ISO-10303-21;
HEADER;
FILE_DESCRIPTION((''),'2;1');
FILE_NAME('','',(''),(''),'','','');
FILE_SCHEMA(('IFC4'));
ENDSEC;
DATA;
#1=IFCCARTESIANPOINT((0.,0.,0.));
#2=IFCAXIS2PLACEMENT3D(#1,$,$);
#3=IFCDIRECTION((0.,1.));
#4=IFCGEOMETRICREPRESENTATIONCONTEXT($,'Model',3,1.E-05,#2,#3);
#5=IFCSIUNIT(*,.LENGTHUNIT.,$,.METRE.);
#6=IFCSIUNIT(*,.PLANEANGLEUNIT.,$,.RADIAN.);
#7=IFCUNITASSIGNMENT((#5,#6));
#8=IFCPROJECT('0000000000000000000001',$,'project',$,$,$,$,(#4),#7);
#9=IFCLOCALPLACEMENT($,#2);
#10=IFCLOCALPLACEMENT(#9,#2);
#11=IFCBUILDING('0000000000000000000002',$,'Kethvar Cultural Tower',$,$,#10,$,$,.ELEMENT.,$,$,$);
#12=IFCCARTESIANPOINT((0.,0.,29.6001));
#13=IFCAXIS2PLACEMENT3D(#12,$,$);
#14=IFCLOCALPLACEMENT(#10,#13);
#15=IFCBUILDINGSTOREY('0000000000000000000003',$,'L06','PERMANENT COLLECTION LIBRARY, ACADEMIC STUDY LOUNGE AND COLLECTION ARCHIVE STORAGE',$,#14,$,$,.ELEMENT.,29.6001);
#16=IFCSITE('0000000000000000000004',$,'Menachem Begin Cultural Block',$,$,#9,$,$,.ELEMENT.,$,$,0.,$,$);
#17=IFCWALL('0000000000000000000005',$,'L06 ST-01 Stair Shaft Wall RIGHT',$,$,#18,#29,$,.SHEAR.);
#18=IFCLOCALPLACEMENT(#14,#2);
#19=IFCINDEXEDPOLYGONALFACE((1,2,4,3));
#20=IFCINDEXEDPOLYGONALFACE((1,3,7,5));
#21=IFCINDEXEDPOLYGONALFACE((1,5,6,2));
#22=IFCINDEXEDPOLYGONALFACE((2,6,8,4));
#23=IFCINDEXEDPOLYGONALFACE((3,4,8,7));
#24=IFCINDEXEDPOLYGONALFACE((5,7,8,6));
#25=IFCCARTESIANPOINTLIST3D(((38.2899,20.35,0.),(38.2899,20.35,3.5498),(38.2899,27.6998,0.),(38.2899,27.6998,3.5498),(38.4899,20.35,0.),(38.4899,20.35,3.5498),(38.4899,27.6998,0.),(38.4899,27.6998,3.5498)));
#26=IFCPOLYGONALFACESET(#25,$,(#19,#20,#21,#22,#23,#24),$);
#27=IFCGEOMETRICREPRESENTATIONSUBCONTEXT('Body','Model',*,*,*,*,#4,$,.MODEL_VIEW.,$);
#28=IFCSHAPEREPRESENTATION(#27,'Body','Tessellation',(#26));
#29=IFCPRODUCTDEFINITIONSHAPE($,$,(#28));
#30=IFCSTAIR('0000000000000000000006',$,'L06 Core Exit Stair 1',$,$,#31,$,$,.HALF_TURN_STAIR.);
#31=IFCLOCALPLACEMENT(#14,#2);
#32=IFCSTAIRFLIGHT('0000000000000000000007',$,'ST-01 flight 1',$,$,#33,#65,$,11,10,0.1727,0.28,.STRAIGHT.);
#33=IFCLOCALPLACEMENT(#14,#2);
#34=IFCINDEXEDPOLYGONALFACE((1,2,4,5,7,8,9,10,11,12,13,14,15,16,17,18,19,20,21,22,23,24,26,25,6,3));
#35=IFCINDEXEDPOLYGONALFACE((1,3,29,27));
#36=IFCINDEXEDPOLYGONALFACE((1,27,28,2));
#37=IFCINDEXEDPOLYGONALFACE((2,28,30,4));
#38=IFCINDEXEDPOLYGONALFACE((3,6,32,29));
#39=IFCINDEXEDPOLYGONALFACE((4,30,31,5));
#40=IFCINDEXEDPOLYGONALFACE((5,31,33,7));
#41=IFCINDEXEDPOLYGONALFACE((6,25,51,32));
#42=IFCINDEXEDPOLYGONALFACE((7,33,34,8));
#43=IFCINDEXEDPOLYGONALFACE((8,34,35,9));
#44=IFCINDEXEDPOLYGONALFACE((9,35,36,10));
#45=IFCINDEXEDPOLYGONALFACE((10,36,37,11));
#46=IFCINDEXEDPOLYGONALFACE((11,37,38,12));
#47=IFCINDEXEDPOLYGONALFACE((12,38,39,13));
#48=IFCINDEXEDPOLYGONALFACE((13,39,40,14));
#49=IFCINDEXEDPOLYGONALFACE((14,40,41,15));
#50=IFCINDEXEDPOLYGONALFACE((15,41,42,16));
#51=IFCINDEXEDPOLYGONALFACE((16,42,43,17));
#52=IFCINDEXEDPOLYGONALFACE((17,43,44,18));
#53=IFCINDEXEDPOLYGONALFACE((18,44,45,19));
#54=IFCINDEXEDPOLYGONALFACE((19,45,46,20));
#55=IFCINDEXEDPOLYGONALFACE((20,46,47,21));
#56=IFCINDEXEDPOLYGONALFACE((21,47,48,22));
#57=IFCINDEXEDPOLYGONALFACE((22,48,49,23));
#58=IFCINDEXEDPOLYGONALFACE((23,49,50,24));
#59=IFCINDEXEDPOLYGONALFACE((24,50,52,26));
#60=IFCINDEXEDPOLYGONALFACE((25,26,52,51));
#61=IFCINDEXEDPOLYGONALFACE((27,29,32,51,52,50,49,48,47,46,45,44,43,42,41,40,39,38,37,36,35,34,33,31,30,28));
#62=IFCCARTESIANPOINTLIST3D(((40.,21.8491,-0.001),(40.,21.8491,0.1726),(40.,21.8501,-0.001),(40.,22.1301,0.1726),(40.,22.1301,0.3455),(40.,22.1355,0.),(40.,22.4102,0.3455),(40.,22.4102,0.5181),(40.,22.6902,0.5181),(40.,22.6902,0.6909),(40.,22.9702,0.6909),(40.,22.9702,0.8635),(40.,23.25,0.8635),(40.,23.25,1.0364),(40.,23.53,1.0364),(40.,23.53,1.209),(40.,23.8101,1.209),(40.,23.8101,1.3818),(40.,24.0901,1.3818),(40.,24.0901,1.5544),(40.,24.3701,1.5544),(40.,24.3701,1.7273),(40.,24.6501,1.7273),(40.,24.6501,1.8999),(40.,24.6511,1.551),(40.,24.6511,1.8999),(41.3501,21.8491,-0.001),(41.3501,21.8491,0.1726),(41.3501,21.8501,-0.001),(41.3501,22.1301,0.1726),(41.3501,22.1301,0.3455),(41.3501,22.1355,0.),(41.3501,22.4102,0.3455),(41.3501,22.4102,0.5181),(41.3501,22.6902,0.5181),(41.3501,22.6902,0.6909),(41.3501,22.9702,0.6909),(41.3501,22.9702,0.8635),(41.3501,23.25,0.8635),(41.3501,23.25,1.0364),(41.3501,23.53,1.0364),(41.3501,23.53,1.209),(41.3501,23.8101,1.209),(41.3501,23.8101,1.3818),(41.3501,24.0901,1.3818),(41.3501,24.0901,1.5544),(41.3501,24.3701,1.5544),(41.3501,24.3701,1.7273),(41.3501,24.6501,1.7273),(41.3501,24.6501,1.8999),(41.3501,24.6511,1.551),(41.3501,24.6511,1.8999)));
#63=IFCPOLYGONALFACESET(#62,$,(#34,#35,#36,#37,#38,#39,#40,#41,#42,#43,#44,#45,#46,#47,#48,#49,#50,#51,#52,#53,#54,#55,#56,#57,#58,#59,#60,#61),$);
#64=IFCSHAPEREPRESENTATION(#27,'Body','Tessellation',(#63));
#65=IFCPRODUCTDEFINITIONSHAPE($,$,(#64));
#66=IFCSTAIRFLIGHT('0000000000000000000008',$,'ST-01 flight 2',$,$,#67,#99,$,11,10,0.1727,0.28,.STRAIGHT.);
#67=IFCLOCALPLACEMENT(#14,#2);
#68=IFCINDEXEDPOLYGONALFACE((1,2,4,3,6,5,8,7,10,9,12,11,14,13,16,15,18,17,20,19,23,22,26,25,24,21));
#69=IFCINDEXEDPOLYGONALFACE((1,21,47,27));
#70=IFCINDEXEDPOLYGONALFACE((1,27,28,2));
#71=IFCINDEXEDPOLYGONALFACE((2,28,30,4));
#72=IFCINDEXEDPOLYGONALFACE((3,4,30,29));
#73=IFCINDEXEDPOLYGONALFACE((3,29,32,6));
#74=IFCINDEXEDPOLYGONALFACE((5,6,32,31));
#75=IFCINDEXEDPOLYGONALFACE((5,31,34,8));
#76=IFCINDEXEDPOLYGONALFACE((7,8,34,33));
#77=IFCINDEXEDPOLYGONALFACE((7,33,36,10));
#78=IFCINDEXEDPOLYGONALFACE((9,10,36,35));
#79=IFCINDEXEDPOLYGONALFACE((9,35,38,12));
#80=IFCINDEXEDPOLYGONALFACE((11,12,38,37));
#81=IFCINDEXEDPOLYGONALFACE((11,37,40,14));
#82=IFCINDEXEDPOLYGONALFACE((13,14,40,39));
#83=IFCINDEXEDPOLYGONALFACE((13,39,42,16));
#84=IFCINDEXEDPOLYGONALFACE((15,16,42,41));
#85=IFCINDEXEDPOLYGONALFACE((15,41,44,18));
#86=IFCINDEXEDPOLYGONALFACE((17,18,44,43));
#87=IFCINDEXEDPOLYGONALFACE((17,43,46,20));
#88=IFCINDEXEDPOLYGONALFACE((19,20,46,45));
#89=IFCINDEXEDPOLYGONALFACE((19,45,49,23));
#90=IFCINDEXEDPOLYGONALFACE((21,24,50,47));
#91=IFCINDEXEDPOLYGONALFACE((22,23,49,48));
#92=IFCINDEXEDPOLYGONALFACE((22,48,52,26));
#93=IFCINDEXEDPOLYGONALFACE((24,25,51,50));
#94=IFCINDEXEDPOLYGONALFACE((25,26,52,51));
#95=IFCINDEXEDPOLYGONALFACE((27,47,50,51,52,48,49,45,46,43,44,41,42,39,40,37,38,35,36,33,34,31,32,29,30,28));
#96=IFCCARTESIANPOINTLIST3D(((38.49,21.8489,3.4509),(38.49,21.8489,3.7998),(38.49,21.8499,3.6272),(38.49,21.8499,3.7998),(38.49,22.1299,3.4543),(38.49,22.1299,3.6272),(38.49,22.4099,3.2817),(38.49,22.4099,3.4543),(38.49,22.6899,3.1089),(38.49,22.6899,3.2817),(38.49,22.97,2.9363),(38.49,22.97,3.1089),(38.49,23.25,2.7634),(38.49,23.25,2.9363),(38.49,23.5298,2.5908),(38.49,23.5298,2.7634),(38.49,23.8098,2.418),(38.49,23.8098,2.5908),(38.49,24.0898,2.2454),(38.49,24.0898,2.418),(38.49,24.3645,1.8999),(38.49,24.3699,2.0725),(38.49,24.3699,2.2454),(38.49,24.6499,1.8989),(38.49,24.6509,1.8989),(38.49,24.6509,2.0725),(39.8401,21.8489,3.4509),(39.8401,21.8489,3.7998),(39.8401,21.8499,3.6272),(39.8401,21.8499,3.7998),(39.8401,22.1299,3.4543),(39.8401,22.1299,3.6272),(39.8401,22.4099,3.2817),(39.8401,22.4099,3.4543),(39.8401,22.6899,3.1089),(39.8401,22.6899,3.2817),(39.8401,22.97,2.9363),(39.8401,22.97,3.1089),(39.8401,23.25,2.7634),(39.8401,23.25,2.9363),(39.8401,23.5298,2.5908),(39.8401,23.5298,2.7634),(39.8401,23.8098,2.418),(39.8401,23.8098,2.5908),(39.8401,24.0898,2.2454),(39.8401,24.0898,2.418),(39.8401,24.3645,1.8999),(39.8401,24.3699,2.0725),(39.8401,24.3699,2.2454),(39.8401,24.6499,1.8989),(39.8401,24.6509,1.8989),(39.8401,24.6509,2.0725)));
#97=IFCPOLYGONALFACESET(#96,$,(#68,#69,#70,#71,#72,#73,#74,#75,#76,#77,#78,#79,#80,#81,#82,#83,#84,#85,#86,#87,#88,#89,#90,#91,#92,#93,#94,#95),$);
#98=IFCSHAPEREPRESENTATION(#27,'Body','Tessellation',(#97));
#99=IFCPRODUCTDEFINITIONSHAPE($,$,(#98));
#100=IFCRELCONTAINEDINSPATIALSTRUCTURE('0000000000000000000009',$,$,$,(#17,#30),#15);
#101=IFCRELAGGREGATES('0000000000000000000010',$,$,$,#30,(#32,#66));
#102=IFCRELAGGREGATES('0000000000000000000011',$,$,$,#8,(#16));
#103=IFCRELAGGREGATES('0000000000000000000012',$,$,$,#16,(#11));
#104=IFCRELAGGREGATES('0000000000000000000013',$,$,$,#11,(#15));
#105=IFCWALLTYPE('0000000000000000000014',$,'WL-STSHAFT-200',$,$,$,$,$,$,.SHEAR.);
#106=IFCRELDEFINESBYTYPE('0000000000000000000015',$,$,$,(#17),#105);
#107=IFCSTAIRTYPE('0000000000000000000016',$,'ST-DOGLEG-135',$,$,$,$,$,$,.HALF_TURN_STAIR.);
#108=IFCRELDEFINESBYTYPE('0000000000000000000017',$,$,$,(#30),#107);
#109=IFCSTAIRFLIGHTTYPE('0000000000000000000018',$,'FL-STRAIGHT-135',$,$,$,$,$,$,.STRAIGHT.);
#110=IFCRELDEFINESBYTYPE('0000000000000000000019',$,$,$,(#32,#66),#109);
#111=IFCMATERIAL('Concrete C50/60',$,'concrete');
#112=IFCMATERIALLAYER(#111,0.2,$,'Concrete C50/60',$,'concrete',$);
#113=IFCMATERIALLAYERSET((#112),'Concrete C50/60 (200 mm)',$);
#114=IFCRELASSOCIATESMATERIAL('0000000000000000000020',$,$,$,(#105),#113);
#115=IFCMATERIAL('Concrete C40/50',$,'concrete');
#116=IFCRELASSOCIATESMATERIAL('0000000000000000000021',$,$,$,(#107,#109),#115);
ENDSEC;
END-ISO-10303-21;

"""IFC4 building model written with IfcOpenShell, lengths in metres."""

from ifc_helpers import new_model, si_unit, direction, frame, frame_2d, origin, place, context, subcontext, project, spatial, polyline, rectangle, outline, extrude, material, layer, layer_set, type_object, element, aggregate, save


model = new_model("IFC4")

# Units and contexts
model_context = context("Model", 3, precision=1e-05, world=origin(), true_north=direction((0.0, 1.0)))
body_context = subcontext(model_context, "Body", "Model", "MODEL_VIEW")
ifc_project = project(units=[si_unit("LENGTHUNIT", "METRE"), si_unit("PLANEANGLEUNIT", "RADIAN")], contexts=[model_context])

# Site, building, storey
site_placement = place(None, origin())
site = spatial("IfcSite", under=ifc_project, at=site_placement, Name="Menachem Begin Cultural Block", CompositionType="ELEMENT", RefElevation=0.0)
building_placement = place(site_placement, origin())
building = spatial("IfcBuilding", under=site, at=building_placement, Name="Kethvar Cultural Tower", CompositionType="ELEMENT")
storey_placement = place(building_placement, frame((0.0, 0.0, 29.6001)))
storey = spatial("IfcBuildingStorey", under=building, at=storey_placement, Name="L06", Description="PERMANENT COLLECTION LIBRARY, ACADEMIC STUDY LOUNGE AND COLLECTION ARCHIVE STORAGE", CompositionType="ELEMENT", Elevation=29.6001)

# Shared definitions
ifc_material_1 = material(Name="Concrete C50/60", Category="concrete")

# Wall
ifc_layer_1 = layer(ifc_material_1, 0.2, Name="Concrete C50/60", Category="concrete")
ifc_layer_set_1 = layer_set([ifc_layer_1], Name="Concrete C50/60 (200 mm)")
wall_type_1 = type_object("IfcWallType", Name="WL-STSHAFT-200", PredefinedType="SHEAR", material=ifc_layer_set_1)
wall_1_placement = place(storey_placement, frame((38.3899, 20.3501, 0.0), z_axis=(0.0, 0.0, 1.0), x_axis=(0.0, 1.0, 0.0)))
element("IfcWall", 1, at=wall_1_placement, inside=storey, type_object=wall_type_1, Name="L06 ST-01 Stair Shaft Wall RIGHT", PredefinedType="SHEAR", context=body_context, shape_type="SweptSolid", body=[
    extrude(rectangle(XDim=7.3499, YDim=0.2, at=frame_2d((3.6748, 0.0))), origin(), (0.0, 0.0, 1.0), 3.5498),
])

# Stair, stair flights
ifc_material_2 = material(Name="Concrete C40/50", Category="concrete")
stair_type = type_object("IfcStairType", Name="ST-DOGLEG-135", PredefinedType="HALF_TURN_STAIR", material=ifc_material_2)
stair_placement = place(storey_placement, origin())
stair = element("IfcStair", 2, at=stair_placement, inside=storey, type_object=stair_type, Name="L06 Core Exit Stair 1", PredefinedType="HALF_TURN_STAIR")
stair_flight_type = type_object("IfcStairFlightType", Name="FL-STRAIGHT-135", PredefinedType="STRAIGHT", material=ifc_material_2)
stair_flight_1_placement = place(storey_placement, frame((40.675, 21.8501, 0.0), z_axis=(0.0, 0.0, 1.0), x_axis=(0.0, 1.0, 0.0)))
stair_flight_1 = element("IfcStairFlight", 3, at=stair_flight_1_placement, type_object=stair_flight_type, Name="ST-01 flight 1", NumberOfRisers=11, NumberOfTreads=10, PredefinedType="STRAIGHT", RiserHeight=0.1727, TreadLength=0.28, context=body_context, shape_type="SweptSolid", body=[
    extrude(outline(polyline([(-0.001, -0.001), (-0.001, 0.1726), (0.28, 0.1726), (0.28, 0.3455), (0.5601, 0.3455), (0.5601, 0.5181), (0.8401, 0.5181), (0.8401, 0.6909), (1.1201, 0.6909), (1.1201, 0.8635), (1.3999, 0.8635), (1.3999, 1.0364), (1.6799, 1.0364), (1.6799, 1.209), (1.96, 1.209), (1.96, 1.3818), (2.24, 1.3818), (2.24, 1.5544), (2.52, 1.5544), (2.52, 1.7273), (2.8, 1.7273), (2.8, 1.8999), (2.801, 1.8999), (2.801, 1.551), (0.2854, 0.0), (0.0, -0.001), (-0.001, -0.001)])), frame((0.0, 0.675, 0.0), z_axis=(0.0, -1.0, 0.0), x_axis=(1.0, 0.0, 0.0)), (0.0, 0.0, 1.0), 1.3501),
])
stair_flight_2_placement = place(storey_placement, frame((39.165, 24.6499, 1.8999), z_axis=(0.0, 0.0, 1.0), x_axis=(0.0, -1.0, 0.0)))
stair_flight_2 = element("IfcStairFlight", 4, at=stair_flight_2_placement, type_object=stair_flight_type, Name="ST-01 flight 2", NumberOfRisers=11, NumberOfTreads=10, PredefinedType="STRAIGHT", RiserHeight=0.1727, TreadLength=0.28, context=body_context, shape_type="SweptSolid", body=[
    extrude(outline(polyline([(-0.001, -0.001), (-0.001, 0.1726), (0.28, 0.1726), (0.28, 0.3455), (0.5601, 0.3455), (0.5601, 0.5181), (0.8401, 0.5181), (0.8401, 0.6909), (1.1201, 0.6909), (1.1201, 0.8635), (1.3999, 0.8635), (1.3999, 1.0364), (1.6799, 1.0364), (1.6799, 1.209), (1.96, 1.209), (1.96, 1.3818), (2.24, 1.3818), (2.24, 1.5544), (2.52, 1.5544), (2.52, 1.7273), (2.8, 1.7273), (2.8, 1.8999), (2.801, 1.8999), (2.801, 1.551), (0.2854, 0.0), (0.0, -0.001), (-0.001, -0.001)])), frame((0.0, 0.675, 0.0), z_axis=(0.0, -1.0, 0.0), x_axis=(1.0, 0.0, 0.0)), (0.0, 0.0, 1.0), 1.3501),
])
aggregate(stair, [stair_flight_1, stair_flight_2])

save(model, "model.ifc")
